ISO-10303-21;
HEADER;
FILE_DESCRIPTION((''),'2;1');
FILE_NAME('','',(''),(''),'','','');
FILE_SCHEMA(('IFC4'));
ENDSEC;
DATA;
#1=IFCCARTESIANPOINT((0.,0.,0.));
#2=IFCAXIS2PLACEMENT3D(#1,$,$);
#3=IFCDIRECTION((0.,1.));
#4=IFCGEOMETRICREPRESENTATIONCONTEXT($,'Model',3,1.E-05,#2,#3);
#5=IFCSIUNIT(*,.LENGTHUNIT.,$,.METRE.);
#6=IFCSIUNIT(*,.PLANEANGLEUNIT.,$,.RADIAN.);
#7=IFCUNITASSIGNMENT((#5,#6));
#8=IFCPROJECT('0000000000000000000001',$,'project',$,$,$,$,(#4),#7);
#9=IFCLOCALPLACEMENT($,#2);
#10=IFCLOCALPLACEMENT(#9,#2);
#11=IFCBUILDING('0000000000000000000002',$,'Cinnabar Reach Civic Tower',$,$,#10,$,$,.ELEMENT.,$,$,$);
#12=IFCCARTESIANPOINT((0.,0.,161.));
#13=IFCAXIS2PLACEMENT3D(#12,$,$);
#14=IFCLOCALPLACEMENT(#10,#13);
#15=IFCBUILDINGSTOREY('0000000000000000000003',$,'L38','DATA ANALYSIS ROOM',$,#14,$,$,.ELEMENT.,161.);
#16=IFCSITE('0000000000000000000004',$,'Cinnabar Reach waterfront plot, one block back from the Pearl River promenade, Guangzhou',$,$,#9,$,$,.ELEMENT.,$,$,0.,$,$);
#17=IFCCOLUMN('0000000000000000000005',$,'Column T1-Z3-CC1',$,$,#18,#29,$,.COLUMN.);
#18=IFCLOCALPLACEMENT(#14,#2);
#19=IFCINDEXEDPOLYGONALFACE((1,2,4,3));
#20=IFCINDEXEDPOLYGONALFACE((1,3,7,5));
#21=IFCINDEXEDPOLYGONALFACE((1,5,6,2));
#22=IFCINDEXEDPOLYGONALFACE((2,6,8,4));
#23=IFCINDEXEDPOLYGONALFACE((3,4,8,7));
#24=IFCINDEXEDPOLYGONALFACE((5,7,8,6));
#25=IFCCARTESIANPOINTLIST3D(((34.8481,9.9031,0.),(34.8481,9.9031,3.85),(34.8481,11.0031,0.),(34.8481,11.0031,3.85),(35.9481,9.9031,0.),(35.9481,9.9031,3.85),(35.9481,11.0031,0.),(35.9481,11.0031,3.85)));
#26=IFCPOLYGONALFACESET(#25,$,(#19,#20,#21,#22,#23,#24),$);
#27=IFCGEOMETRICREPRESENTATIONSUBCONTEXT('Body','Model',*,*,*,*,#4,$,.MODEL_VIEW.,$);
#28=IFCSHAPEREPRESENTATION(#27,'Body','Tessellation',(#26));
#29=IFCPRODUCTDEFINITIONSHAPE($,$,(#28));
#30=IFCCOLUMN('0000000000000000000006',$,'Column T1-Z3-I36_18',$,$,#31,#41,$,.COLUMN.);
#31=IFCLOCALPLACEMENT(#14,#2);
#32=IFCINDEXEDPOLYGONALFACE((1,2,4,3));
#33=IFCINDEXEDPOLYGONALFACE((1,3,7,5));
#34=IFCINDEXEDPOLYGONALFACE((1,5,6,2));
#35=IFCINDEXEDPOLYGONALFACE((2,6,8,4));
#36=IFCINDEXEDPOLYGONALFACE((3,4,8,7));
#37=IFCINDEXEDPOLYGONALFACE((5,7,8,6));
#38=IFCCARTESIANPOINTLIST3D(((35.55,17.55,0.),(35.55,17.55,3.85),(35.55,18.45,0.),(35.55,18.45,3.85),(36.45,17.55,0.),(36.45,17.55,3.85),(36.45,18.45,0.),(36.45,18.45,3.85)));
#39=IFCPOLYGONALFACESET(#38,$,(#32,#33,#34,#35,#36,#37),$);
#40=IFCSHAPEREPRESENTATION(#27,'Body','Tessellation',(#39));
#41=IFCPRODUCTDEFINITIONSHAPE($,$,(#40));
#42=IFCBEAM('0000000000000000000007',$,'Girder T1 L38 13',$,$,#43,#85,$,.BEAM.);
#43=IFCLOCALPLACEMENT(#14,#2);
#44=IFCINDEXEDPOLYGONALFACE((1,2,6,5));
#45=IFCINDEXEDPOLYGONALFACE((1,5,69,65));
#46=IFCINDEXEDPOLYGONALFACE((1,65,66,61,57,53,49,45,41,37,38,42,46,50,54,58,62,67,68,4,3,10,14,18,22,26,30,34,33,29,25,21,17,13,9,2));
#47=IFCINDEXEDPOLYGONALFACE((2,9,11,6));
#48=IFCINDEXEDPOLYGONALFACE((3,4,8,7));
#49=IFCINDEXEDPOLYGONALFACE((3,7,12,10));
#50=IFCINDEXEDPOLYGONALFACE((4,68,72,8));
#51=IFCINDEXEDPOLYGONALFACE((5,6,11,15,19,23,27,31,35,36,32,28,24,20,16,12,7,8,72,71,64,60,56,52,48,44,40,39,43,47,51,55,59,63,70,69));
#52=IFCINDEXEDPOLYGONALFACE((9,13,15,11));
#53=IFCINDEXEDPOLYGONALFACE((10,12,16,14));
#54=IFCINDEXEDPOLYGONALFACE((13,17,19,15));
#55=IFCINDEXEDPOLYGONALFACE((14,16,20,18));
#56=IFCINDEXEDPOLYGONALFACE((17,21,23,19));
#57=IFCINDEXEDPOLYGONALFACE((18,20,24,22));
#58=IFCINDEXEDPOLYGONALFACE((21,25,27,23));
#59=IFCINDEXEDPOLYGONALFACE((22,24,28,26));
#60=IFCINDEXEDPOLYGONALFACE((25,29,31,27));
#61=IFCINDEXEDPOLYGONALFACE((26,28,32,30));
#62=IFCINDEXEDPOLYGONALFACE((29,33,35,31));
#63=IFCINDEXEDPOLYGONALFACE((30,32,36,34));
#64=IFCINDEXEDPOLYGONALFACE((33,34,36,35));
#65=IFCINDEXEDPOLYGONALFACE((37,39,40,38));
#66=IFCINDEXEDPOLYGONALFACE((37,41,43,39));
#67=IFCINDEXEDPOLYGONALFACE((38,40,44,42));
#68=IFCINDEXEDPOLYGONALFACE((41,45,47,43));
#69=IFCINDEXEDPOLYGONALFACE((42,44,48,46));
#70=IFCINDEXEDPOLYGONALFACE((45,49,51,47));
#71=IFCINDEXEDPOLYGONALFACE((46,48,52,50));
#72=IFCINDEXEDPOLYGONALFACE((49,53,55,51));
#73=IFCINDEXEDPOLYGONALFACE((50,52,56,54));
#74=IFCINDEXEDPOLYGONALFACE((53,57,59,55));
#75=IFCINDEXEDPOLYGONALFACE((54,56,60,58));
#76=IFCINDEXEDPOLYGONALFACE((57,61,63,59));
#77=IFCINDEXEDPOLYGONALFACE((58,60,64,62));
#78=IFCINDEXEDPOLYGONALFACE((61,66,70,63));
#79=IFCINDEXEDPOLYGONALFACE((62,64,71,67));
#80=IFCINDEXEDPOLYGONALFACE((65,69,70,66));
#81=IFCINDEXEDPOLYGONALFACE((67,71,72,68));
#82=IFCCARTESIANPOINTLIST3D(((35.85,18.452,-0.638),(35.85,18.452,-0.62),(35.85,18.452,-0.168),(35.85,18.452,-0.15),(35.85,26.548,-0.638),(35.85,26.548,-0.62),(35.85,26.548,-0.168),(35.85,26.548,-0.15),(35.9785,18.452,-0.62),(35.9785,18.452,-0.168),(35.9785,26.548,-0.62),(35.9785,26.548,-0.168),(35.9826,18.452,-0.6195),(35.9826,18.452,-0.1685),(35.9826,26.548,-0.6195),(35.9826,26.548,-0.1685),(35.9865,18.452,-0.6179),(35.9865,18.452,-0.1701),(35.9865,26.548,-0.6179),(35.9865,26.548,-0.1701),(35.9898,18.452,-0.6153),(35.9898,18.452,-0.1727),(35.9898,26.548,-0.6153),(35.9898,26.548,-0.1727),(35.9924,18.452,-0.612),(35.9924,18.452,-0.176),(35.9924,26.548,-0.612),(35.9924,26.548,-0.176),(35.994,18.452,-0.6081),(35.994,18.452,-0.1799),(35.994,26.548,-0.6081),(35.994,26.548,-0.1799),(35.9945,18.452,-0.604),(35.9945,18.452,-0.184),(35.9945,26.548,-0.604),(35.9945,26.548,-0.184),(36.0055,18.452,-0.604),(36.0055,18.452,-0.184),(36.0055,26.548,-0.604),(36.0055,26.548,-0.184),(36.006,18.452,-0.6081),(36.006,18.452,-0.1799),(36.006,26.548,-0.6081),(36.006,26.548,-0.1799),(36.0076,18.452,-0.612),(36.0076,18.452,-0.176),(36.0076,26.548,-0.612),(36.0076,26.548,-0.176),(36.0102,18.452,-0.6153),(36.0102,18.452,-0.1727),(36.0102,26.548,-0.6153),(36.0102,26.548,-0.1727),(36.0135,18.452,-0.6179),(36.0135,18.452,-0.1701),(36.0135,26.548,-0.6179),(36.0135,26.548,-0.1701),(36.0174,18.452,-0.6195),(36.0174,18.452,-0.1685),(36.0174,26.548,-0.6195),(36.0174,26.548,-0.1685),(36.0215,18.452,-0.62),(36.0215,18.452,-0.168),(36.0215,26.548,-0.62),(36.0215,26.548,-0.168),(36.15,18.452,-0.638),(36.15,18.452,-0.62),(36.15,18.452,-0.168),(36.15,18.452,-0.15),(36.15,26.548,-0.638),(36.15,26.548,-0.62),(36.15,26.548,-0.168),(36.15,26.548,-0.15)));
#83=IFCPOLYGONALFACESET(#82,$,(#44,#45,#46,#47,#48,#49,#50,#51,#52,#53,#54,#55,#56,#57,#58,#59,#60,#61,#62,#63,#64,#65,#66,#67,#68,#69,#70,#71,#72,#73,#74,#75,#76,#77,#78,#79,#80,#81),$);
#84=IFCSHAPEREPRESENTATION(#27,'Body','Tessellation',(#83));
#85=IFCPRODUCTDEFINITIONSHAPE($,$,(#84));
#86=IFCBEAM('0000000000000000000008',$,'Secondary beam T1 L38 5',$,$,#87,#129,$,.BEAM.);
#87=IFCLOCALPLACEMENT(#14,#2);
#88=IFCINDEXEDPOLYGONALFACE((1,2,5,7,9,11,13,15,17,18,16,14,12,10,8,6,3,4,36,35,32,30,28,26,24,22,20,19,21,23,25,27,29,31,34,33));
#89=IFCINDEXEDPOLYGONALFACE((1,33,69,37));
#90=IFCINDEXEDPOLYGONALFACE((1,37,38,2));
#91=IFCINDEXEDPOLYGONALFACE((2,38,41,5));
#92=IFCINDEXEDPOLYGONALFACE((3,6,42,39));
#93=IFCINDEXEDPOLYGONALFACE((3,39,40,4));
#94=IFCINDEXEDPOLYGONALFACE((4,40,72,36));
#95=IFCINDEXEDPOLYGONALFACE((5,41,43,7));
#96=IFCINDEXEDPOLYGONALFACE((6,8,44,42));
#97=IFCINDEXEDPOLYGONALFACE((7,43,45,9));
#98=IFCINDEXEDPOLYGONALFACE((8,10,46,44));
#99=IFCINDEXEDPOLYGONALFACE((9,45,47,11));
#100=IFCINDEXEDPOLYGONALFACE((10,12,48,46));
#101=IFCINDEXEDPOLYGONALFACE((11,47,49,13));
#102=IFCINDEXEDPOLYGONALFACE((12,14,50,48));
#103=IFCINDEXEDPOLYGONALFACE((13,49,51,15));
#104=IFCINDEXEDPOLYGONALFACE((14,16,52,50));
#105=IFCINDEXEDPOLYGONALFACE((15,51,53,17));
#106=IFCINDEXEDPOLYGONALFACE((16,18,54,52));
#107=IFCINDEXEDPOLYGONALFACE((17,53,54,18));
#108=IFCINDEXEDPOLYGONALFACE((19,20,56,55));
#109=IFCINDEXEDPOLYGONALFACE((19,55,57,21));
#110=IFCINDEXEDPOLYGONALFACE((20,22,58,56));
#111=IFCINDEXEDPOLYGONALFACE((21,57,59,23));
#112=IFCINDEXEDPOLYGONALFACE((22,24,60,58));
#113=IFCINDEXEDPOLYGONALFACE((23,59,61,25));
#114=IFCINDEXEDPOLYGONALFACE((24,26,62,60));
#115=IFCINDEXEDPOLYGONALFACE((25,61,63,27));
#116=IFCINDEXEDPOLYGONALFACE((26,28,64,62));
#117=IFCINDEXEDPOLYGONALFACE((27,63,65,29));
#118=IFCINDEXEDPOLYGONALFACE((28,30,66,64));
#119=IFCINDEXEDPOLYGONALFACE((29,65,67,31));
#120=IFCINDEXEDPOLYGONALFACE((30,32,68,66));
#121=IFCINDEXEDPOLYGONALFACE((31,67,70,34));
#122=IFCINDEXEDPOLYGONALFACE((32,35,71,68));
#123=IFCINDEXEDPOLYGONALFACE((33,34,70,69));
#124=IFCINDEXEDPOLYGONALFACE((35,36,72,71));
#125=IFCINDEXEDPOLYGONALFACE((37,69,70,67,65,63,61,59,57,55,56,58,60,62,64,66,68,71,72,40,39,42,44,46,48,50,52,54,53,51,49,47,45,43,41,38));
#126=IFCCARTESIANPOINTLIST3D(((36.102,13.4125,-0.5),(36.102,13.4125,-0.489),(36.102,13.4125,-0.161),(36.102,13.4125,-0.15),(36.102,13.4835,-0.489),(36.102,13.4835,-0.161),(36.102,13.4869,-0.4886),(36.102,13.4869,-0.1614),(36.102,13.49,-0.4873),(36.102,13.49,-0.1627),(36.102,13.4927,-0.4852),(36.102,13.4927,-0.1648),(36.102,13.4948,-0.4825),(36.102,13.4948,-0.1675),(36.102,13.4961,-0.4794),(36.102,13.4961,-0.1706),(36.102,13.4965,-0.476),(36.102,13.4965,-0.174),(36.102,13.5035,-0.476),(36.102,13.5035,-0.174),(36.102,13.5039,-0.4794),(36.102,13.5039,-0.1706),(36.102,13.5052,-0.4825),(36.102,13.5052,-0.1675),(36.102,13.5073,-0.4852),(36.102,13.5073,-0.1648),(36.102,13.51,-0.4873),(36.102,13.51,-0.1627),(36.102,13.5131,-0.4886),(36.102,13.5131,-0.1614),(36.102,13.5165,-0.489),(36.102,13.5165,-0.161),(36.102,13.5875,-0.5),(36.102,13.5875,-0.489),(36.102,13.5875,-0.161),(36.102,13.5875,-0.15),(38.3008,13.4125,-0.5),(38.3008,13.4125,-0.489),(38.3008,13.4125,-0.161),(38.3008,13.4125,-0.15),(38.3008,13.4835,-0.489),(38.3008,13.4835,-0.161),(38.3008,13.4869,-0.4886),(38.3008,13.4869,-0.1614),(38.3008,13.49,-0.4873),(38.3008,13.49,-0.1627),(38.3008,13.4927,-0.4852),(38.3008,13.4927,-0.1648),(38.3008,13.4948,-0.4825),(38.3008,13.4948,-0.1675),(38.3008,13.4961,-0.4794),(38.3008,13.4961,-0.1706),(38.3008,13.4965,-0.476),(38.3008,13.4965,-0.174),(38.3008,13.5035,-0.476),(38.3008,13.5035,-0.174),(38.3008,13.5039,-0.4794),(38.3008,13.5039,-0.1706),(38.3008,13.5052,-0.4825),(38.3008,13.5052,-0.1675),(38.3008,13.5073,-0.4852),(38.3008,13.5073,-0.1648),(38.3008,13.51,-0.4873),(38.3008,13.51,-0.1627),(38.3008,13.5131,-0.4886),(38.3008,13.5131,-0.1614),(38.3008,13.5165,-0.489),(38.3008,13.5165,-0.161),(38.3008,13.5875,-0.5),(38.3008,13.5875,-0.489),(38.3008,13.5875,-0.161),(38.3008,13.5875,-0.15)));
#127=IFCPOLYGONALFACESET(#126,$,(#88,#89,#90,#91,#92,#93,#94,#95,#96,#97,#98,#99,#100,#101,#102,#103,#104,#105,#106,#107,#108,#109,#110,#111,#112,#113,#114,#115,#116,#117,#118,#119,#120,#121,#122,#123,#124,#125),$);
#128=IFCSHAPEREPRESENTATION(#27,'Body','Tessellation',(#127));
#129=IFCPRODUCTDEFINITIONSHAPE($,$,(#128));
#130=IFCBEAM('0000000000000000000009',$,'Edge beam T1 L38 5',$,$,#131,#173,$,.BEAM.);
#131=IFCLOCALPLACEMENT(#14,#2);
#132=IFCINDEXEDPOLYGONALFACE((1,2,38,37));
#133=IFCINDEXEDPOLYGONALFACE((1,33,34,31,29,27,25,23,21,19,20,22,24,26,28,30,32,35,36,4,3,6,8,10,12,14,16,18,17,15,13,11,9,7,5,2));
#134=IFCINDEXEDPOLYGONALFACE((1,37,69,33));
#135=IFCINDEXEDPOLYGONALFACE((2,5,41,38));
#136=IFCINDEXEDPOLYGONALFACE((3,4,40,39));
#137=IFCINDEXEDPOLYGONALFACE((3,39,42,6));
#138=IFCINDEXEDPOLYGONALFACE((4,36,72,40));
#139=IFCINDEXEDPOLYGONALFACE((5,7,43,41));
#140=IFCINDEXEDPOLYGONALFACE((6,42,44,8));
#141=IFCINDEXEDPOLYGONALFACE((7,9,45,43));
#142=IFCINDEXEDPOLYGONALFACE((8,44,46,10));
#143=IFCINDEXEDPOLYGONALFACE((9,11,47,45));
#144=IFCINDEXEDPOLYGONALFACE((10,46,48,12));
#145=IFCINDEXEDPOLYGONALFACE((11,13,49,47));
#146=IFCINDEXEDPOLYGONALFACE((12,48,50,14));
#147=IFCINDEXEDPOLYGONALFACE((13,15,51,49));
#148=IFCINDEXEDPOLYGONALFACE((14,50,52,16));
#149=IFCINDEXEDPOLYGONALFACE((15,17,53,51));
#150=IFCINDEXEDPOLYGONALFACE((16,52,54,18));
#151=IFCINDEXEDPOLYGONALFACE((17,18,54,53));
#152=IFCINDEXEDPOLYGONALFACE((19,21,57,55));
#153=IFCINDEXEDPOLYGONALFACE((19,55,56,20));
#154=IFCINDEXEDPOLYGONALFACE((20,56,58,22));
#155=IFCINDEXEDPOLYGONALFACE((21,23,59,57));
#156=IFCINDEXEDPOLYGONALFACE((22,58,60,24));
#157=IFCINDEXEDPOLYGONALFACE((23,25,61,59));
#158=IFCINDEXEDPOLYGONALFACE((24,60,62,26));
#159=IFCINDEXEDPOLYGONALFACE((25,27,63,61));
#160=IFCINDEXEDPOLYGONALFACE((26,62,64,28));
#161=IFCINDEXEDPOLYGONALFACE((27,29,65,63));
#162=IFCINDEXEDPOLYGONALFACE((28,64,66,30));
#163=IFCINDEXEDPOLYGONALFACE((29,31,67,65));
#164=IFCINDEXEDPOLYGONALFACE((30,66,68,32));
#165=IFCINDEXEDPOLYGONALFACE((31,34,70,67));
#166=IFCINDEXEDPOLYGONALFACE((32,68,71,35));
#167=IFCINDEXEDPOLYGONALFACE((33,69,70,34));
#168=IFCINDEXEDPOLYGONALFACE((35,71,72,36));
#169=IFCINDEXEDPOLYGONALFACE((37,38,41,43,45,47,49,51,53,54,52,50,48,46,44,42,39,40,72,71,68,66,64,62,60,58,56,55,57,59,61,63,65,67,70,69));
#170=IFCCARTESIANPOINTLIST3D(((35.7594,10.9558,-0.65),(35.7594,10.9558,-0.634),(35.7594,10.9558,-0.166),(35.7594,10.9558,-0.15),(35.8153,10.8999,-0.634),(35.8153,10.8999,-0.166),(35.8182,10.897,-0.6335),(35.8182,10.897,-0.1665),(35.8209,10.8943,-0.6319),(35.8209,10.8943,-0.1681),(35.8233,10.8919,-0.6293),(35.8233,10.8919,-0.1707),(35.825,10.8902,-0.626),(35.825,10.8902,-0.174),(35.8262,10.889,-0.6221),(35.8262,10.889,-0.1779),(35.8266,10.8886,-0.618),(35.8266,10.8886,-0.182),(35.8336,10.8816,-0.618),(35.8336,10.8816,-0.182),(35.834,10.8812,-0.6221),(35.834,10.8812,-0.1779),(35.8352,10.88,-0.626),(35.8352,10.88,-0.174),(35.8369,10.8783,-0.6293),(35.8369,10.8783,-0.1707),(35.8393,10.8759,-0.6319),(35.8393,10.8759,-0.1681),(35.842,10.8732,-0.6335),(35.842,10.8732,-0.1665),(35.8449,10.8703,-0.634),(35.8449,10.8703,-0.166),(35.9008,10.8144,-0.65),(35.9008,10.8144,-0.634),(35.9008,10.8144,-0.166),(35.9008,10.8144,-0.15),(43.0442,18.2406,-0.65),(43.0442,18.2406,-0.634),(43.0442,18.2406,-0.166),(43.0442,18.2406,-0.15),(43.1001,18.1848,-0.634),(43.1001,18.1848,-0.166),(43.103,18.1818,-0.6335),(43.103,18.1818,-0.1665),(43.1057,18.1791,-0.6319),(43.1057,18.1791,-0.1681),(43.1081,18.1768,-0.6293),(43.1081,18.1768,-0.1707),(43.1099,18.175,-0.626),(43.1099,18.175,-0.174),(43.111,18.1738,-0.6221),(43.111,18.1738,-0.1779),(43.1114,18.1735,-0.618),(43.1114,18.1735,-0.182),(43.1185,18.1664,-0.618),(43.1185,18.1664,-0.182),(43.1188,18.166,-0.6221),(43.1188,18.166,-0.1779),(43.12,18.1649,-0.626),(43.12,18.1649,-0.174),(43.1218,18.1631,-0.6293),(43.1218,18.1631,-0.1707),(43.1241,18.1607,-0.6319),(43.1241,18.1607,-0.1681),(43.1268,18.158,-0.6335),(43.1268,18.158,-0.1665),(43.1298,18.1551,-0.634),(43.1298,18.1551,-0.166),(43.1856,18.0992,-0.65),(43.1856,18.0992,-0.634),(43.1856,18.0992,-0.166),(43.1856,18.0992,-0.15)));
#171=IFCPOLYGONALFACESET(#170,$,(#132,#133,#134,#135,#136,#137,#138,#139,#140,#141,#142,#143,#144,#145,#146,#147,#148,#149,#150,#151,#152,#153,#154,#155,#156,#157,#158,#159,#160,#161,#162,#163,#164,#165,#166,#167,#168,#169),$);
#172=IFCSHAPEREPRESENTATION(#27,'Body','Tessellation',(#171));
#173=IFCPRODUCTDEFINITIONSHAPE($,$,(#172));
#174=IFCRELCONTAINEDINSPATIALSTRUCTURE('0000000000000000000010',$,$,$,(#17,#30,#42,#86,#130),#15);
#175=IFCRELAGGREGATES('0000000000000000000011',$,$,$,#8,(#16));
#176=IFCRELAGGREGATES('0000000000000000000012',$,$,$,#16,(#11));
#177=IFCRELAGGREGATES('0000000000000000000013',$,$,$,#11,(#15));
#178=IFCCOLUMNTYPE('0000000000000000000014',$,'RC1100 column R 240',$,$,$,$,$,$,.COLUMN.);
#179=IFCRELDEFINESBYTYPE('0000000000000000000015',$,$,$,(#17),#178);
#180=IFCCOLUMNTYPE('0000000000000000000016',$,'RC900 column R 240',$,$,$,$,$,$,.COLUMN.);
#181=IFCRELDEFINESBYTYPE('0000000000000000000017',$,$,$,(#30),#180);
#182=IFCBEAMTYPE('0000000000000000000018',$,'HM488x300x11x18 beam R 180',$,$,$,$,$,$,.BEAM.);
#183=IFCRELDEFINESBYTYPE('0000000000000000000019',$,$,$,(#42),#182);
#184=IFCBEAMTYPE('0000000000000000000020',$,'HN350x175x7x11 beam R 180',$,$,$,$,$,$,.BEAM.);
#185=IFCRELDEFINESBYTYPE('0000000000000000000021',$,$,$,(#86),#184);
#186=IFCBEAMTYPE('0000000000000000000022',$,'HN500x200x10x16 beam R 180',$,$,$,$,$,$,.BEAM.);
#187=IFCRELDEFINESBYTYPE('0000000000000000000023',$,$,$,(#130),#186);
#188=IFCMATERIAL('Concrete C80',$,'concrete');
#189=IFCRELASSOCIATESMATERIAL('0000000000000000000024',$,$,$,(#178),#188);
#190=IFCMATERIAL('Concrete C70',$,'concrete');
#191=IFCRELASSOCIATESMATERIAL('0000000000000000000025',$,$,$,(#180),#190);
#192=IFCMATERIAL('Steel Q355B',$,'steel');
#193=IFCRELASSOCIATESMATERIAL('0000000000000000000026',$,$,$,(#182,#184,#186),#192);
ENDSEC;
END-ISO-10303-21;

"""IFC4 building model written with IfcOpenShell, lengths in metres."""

from ifc_helpers import new_model, si_unit, direction, frame, origin, origin_2d, place, context, subcontext, project, spatial, rectangle, i_section, extrude, material, material_profile, profile_set, type_object, element, save


model = new_model("IFC4")

# Units and contexts
model_context = context("Model", 3, precision=1e-05, world=origin(), true_north=direction((0.0, 1.0)))
body_context = subcontext(model_context, "Body", "Model", "MODEL_VIEW")
ifc_project = project(units=[si_unit("LENGTHUNIT", "METRE"), si_unit("PLANEANGLEUNIT", "RADIAN")], contexts=[model_context])

# Site, building, storey
site_placement = place(None, origin())
site = spatial("IfcSite", under=ifc_project, at=site_placement, Name="Cinnabar Reach waterfront plot, one block back from the Pearl River promenade, Guangzhou", CompositionType="ELEMENT", RefElevation=0.0)
building_placement = place(site_placement, origin())
building = spatial("IfcBuilding", under=site, at=building_placement, Name="Cinnabar Reach Civic Tower", CompositionType="ELEMENT")
storey_placement = place(building_placement, frame((0.0, 0.0, 161.0)))
storey = spatial("IfcBuildingStorey", under=building, at=storey_placement, Name="L38", Description="DATA ANALYSIS ROOM", CompositionType="ELEMENT", Elevation=161.0)

# Columns
ifc_material_1 = material(Name="Concrete C80", Category="concrete")
ifc_material_profile_1 = material_profile(ifc_material_1, rectangle(XDim=1.1, YDim=1.1, at=origin_2d()), Name="RC1100")
ifc_profile_set_1 = profile_set([ifc_material_profile_1], Name="Concrete C80")
column_type_1 = type_object("IfcColumnType", Name="RC1100 column R 240", PredefinedType="COLUMN", material=ifc_profile_set_1)
column_1_placement = place(storey_placement, frame((35.3981, 10.4531, 0.0), z_axis=(0.0, 0.0, 1.0), x_axis=(1.0, 0.0, 0.0)))
element("IfcColumn", 1, at=column_1_placement, inside=storey, type_object=column_type_1, Name="Column T1-Z3-CC1", PredefinedType="COLUMN", context=body_context, shape_type="SweptSolid", body=[
    extrude(rectangle(XDim=1.1, YDim=1.1, at=origin_2d()), origin(), (0.0, 0.0, 1.0), 3.85),
])
ifc_material_2 = material(Name="Concrete C70", Category="concrete")
ifc_material_profile_2 = material_profile(ifc_material_2, rectangle(XDim=0.9, YDim=0.9, at=origin_2d()), Name="RC900")
ifc_profile_set_2 = profile_set([ifc_material_profile_2], Name="Concrete C70")
column_type_2 = type_object("IfcColumnType", Name="RC900 column R 240", PredefinedType="COLUMN", material=ifc_profile_set_2)
column_2_placement = place(storey_placement, frame((36.0, 18.0, 0.0), z_axis=(0.0, 0.0, 1.0), x_axis=(1.0, 0.0, 0.0)))
element("IfcColumn", 2, at=column_2_placement, inside=storey, type_object=column_type_2, Name="Column T1-Z3-I36_18", PredefinedType="COLUMN", context=body_context, shape_type="SweptSolid", body=[
    extrude(rectangle(XDim=0.9, YDim=0.9, at=origin_2d()), origin(), (0.0, 0.0, 1.0), 3.85),
])

# Beams
ifc_material_3 = material(Name="Steel Q355B", Category="steel")
ifc_material_profile_3 = material_profile(ifc_material_3, i_section(OverallWidth=0.3, OverallDepth=0.488, WebThickness=0.011, FlangeThickness=0.018, FilletRadius=0.016, at=origin_2d()), Name="HM488x300x11x18")
ifc_profile_set_3 = profile_set([ifc_material_profile_3], Name="Steel Q355B")
beam_type_1 = type_object("IfcBeamType", Name="HM488x300x11x18 beam R 180", PredefinedType="BEAM", material=ifc_profile_set_3)
beam_1_placement = place(storey_placement, frame((36.0, 18.452, -0.394), z_axis=(0.0, 1.0, 0.0), x_axis=(-1.0, 0.0, 0.0)))
element("IfcBeam", 3, at=beam_1_placement, inside=storey, type_object=beam_type_1, Name="Girder T1 L38 13", PredefinedType="BEAM", context=body_context, shape_type="SweptSolid", body=[
    extrude(i_section(OverallWidth=0.3, OverallDepth=0.488, WebThickness=0.011, FlangeThickness=0.018, FilletRadius=0.016, at=origin_2d()), origin(), (0.0, 0.0, 1.0), 8.096),
])
ifc_material_profile_4 = material_profile(ifc_material_3, i_section(OverallWidth=0.175, OverallDepth=0.35, WebThickness=0.007, FlangeThickness=0.011, FilletRadius=0.013, at=origin_2d()), Name="HN350x175x7x11")
ifc_profile_set_4 = profile_set([ifc_material_profile_4], Name="Steel Q355B")
beam_type_2 = type_object("IfcBeamType", Name="HN350x175x7x11 beam R 180", PredefinedType="BEAM", material=ifc_profile_set_4)
beam_2_placement = place(storey_placement, frame((36.102, 13.5, -0.325), z_axis=(1.0, 0.0, 0.0), x_axis=(0.0, 1.0, 0.0)))
element("IfcBeam", 4, at=beam_2_placement, inside=storey, type_object=beam_type_2, Name="Secondary beam T1 L38 5", PredefinedType="BEAM", context=body_context, shape_type="SweptSolid", body=[
    extrude(i_section(OverallWidth=0.175, OverallDepth=0.35, WebThickness=0.007, FlangeThickness=0.011, FilletRadius=0.013, at=origin_2d()), origin(), (0.0, 0.0, 1.0), 2.1988),
])
ifc_material_profile_5 = material_profile(ifc_material_3, i_section(OverallWidth=0.2, OverallDepth=0.5, WebThickness=0.01, FlangeThickness=0.016, FilletRadius=0.016, at=origin_2d()), Name="HN500x200x10x16")
ifc_profile_set_5 = profile_set([ifc_material_profile_5], Name="Steel Q355B")
beam_type_3 = type_object("IfcBeamType", Name="HN500x200x10x16 beam R 180", PredefinedType="BEAM", material=ifc_profile_set_5)
beam_3_placement = place(storey_placement, frame((35.8301, 10.8851, -0.4), z_axis=(0.707107, 0.707107, 0.0), x_axis=(-0.707107, 0.707107, 0.0)))
element("IfcBeam", 5, at=beam_3_placement, inside=storey, type_object=beam_type_3, Name="Edge beam T1 L38 5", PredefinedType="BEAM", context=body_context, shape_type="SweptSolid", body=[
    extrude(i_section(OverallWidth=0.2, OverallDepth=0.5, WebThickness=0.01, FlangeThickness=0.016, FilletRadius=0.016, at=origin_2d()), origin(), (0.0, 0.0, 1.0), 10.3023),
])

save(model, "model.ifc")
